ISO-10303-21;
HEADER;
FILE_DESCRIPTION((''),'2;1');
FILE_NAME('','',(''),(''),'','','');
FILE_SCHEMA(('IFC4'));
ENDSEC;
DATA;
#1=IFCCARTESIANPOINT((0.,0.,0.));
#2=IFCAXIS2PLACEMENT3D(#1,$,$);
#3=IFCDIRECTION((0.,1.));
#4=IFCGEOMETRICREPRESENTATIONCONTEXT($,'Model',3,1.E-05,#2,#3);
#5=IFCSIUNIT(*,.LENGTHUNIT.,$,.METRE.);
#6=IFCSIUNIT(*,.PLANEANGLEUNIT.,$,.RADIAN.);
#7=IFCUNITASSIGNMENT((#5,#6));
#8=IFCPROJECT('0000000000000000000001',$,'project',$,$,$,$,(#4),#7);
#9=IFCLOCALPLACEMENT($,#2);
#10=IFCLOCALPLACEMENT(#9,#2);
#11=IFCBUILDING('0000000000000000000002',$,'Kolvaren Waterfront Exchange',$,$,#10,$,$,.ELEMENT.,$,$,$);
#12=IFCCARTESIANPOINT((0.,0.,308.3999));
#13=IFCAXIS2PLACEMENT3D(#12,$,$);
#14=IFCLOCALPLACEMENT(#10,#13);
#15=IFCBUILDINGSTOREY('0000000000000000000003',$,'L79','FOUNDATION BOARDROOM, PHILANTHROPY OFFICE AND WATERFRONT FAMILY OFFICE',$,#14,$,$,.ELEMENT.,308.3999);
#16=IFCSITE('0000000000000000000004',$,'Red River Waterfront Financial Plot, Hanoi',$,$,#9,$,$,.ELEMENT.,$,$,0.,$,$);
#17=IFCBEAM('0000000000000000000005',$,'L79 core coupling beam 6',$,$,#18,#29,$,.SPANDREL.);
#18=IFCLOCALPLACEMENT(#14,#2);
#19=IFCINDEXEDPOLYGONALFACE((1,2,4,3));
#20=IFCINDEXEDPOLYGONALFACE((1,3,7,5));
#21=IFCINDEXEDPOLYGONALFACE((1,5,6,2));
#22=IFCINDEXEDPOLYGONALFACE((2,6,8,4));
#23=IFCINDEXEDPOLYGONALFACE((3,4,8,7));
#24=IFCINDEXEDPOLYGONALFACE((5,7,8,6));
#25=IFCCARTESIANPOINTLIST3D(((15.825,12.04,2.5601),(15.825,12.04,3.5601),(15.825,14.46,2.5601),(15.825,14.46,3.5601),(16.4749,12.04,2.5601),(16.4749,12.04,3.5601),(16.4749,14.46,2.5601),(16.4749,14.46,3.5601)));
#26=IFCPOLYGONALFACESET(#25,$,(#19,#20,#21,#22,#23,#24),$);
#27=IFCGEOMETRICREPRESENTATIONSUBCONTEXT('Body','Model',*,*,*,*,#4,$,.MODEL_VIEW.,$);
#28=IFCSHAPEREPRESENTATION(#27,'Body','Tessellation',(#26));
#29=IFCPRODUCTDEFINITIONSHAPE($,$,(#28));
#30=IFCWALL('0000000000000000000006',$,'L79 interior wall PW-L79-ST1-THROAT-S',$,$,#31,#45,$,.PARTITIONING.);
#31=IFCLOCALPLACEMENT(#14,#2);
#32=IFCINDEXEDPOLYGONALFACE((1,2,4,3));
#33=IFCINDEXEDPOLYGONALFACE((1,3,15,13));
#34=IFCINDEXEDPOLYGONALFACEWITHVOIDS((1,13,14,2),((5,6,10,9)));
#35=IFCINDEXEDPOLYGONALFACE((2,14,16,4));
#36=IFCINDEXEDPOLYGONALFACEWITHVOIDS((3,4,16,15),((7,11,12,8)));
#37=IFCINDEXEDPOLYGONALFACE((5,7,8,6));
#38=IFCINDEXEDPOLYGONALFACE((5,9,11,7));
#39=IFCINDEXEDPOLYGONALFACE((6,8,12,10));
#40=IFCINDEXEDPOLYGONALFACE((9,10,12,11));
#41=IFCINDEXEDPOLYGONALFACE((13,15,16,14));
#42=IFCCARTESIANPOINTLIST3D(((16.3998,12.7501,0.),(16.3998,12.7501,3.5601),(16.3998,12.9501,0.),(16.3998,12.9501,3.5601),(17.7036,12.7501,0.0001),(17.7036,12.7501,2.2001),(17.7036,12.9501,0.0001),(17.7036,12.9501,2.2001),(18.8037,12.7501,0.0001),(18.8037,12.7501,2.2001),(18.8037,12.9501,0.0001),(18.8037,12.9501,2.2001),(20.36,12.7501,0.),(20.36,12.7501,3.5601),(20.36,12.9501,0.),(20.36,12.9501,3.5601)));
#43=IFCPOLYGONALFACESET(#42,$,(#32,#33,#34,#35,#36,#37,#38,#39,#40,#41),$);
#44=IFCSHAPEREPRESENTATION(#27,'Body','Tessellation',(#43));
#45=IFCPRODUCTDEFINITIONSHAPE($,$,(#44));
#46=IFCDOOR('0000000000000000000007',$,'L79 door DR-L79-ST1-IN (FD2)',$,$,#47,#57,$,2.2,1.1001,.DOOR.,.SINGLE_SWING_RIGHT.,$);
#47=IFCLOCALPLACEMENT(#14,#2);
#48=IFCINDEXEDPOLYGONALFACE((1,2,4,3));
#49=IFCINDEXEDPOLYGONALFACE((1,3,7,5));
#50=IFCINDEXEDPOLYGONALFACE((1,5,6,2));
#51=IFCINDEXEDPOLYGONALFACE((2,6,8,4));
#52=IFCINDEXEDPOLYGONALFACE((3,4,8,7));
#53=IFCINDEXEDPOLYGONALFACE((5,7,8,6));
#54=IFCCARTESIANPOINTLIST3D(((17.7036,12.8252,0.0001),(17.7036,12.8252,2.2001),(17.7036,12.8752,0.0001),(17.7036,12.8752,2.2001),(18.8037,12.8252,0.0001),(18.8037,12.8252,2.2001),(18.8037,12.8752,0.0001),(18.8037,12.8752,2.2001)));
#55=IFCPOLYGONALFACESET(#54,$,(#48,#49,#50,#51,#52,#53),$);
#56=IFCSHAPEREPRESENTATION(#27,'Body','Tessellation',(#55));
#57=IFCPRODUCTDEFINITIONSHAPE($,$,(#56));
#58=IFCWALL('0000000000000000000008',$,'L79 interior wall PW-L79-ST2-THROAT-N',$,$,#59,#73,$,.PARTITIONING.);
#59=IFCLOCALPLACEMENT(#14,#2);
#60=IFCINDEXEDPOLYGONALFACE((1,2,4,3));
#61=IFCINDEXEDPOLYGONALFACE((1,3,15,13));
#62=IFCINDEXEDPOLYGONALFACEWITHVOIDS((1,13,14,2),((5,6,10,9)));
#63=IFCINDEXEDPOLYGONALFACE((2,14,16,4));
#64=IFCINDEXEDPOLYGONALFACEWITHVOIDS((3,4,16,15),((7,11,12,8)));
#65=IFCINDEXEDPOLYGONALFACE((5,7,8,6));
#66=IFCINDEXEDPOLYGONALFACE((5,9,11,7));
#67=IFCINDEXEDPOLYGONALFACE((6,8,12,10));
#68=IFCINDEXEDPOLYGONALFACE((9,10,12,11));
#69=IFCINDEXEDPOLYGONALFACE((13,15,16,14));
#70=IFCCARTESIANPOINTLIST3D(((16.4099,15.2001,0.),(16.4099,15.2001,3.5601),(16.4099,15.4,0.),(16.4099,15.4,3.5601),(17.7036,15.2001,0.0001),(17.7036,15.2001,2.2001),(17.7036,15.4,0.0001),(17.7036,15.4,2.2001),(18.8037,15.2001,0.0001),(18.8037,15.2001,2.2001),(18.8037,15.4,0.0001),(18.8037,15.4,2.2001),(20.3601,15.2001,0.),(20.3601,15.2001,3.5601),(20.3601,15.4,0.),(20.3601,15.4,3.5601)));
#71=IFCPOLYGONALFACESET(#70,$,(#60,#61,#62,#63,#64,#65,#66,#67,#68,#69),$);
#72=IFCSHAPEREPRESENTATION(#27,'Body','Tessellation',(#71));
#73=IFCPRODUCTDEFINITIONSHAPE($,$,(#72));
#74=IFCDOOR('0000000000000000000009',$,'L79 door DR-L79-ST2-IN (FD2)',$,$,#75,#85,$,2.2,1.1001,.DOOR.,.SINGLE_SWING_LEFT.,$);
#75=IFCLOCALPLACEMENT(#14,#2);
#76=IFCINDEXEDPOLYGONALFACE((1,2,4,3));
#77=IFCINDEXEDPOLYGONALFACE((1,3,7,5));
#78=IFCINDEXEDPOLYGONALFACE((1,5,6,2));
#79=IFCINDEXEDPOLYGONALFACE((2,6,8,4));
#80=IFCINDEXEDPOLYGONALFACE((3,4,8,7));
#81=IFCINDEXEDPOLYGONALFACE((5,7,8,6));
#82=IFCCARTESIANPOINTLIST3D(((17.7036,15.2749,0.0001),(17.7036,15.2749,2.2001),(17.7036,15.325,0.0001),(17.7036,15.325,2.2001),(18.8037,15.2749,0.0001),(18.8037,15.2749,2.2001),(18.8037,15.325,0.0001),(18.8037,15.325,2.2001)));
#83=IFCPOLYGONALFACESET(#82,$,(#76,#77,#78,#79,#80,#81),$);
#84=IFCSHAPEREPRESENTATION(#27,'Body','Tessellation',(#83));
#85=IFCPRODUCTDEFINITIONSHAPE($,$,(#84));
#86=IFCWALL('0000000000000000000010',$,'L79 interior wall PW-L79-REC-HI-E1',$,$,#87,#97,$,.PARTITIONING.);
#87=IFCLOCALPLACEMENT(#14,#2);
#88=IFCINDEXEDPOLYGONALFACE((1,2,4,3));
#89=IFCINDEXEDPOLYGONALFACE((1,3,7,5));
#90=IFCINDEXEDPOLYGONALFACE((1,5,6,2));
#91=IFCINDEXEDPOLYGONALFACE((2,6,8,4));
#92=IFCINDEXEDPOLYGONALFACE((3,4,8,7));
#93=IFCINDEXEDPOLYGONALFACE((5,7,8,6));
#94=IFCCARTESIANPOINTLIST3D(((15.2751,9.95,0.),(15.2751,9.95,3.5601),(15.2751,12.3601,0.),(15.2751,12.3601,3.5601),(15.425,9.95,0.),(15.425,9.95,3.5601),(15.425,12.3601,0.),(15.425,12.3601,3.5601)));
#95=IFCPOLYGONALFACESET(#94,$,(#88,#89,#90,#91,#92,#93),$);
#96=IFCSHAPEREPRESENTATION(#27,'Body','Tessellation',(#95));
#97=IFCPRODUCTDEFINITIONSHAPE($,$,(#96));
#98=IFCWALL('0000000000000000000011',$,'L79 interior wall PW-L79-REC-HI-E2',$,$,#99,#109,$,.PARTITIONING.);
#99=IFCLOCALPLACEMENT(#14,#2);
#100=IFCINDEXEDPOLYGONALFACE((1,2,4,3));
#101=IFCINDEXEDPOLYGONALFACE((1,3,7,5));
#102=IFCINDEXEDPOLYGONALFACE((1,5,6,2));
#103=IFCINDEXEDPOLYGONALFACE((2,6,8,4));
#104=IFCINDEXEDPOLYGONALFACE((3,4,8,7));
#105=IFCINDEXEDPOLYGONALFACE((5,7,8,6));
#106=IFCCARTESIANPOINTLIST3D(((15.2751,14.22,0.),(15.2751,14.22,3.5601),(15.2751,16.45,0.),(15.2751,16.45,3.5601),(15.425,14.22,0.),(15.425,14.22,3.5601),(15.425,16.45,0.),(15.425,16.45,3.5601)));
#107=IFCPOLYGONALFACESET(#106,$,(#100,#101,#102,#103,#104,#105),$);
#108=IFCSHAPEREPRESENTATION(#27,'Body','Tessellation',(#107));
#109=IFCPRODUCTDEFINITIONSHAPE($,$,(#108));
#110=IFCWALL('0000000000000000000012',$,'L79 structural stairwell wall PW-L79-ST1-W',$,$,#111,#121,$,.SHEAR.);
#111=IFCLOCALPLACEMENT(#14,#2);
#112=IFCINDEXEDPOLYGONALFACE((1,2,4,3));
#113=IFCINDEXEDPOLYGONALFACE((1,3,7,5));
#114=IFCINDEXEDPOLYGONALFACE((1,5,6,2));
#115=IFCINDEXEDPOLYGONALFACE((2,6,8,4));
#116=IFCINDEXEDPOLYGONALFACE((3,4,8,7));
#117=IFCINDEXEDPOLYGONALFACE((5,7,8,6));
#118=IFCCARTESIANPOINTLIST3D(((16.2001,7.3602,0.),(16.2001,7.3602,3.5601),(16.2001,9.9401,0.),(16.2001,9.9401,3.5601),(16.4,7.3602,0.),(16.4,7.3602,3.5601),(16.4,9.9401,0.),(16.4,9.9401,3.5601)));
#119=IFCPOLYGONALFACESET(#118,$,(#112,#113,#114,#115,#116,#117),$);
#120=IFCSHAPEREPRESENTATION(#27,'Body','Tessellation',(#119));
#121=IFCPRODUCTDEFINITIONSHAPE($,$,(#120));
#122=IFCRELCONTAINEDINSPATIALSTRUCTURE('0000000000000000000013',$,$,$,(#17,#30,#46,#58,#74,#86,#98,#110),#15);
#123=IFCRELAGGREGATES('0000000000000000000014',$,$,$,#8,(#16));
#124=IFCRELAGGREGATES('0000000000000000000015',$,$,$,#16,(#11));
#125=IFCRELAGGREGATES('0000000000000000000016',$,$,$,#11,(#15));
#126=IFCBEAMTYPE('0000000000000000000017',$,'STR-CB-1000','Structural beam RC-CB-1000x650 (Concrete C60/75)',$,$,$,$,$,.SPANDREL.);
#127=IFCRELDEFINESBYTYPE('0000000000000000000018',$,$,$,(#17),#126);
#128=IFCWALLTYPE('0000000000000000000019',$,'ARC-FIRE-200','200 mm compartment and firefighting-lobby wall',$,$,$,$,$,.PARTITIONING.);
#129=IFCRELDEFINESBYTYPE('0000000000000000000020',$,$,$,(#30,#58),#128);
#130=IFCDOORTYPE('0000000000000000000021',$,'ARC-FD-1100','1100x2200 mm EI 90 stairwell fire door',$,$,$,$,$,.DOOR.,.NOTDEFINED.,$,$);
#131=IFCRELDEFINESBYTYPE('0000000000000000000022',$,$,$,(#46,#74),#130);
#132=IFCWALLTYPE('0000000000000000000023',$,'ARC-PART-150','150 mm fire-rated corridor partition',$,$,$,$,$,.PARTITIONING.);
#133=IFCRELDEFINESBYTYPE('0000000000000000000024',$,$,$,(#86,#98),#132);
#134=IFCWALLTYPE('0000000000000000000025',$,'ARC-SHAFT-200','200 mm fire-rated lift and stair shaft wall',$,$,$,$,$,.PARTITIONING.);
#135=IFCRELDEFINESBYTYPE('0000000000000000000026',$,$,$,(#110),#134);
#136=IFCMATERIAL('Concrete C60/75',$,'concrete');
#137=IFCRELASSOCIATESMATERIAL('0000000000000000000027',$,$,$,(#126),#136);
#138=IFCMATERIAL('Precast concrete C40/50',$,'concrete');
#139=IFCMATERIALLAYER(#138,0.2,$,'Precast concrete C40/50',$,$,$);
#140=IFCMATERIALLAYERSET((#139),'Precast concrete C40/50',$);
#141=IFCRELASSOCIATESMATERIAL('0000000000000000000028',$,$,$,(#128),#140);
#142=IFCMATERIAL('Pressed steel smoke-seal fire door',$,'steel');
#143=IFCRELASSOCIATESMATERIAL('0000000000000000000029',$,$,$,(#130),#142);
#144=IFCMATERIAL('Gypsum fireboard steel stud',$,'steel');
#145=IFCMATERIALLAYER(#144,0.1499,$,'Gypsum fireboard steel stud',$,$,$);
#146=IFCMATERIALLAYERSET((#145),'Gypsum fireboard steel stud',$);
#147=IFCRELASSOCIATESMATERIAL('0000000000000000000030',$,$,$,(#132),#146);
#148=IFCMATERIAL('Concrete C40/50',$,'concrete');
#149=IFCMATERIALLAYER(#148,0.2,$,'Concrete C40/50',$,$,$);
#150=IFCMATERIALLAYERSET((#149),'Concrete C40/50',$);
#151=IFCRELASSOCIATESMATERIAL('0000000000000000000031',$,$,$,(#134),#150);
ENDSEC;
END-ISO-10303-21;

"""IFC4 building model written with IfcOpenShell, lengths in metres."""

from ifc_helpers import new_model, si_unit, direction, frame, frame_2d, origin, origin_2d, place, context, subcontext, project, spatial, rectangle, extrude, material, layer, layer_set, material_profile, profile_set, type_object, element, fill, save


model = new_model("IFC4")

# Units and contexts
model_context = context("Model", 3, precision=1e-05, world=origin(), true_north=direction((0.0, 1.0)))
body_context = subcontext(model_context, "Body", "Model", "MODEL_VIEW")
ifc_project = project(units=[si_unit("LENGTHUNIT", "METRE"), si_unit("PLANEANGLEUNIT", "RADIAN")], contexts=[model_context])

# Site, building, storey
site_placement = place(None, origin())
site = spatial("IfcSite", under=ifc_project, at=site_placement, Name="Red River Waterfront Financial Plot, Hanoi", CompositionType="ELEMENT", RefElevation=0.0)
building_placement = place(site_placement, origin())
building = spatial("IfcBuilding", under=site, at=building_placement, Name="Kolvaren Waterfront Exchange", CompositionType="ELEMENT")
storey_placement = place(building_placement, frame((0.0, 0.0, 308.3999)))
storey = spatial("IfcBuildingStorey", under=building, at=storey_placement, Name="L79", Description="FOUNDATION BOARDROOM, PHILANTHROPY OFFICE AND WATERFRONT FAMILY OFFICE", CompositionType="ELEMENT", Elevation=308.3999)

# Beam
ifc_material_1 = material(Name="Concrete C60/75", Category="concrete")
ifc_material_profile = material_profile(ifc_material_1, rectangle(XDim=0.6499, YDim=1.0, at=origin_2d()), Name="RC-CB-1000x650")
ifc_profile_set = profile_set([ifc_material_profile], Name="Concrete C60/75")
beam_type = type_object("IfcBeamType", Name="STR-CB-1000", Description="Structural beam RC-CB-1000x650 (Concrete C60/75)", PredefinedType="SPANDREL", material=ifc_profile_set)
beam_placement = place(storey_placement, frame((16.1499, 12.04, 3.0601), z_axis=(0.0, 1.0, 0.0), x_axis=(-1.0, 0.0, 0.0)))
element("IfcBeam", 1, at=beam_placement, inside=storey, type_object=beam_type, Name="L79 core coupling beam 6", PredefinedType="SPANDREL", context=body_context, shape_type="SweptSolid", body=[
    extrude(rectangle(XDim=0.6499, YDim=1.0, at=origin_2d()), origin(), (0.0, 0.0, 1.0), 2.4199),
])

# Walls, openings, doors
ifc_material_2 = material(Name="Precast concrete C40/50", Category="concrete")
ifc_layer_1 = layer(ifc_material_2, 0.2, Name="Precast concrete C40/50")
ifc_layer_set_1 = layer_set([ifc_layer_1], Name="Precast concrete C40/50")
wall_type_1 = type_object("IfcWallType", Name="ARC-FIRE-200", Description="200 mm compartment and firefighting-lobby wall", PredefinedType="PARTITIONING", material=ifc_layer_set_1)
wall_1_placement = place(storey_placement, frame((16.3999, 12.8501, 0.0), z_axis=(0.0, 0.0, 1.0), x_axis=(1.0, 0.0, 0.0)))
wall_1 = element("IfcWall", 2, at=wall_1_placement, inside=storey, type_object=wall_type_1, Name="L79 interior wall PW-L79-ST1-THROAT-S", PredefinedType="PARTITIONING", context=body_context, shape_type="SweptSolid", body=[
    extrude(rectangle(XDim=3.9602, YDim=0.2, at=frame_2d((1.98, 0.0))), origin(), (0.0, 0.0, 1.0), 3.5601),
])
opening_1_placement = place(wall_1_placement, frame((1.3037, 0.0, 0.0)))
opening_1 = element("IfcOpeningElement", 3, at=opening_1_placement, cuts=wall_1, PredefinedType="OPENING", context=body_context, shape_type="SweptSolid", body=[
    extrude(rectangle(XDim=1.1001, YDim=2.2, at=frame_2d((0.55, 1.1001))), frame((0.0, 0.1099, 0.0), z_axis=(0.0, -1.0, 0.0), x_axis=(1.0, 0.0, 0.0)), (0.0, 0.0, 1.0), 0.22),
])
ifc_material_3 = material(Name="Pressed steel smoke-seal fire door", Category="steel")
door_type_1 = type_object("IfcDoorType", Name="ARC-FD-1100", Description="1100x2200 mm EI 90 stairwell fire door", OperationType="NOTDEFINED", PredefinedType="DOOR", material=ifc_material_3)
door_1_placement = place(opening_1_placement, frame((1.1001, 0.0, 0.0), z_axis=(0.0, 0.0, 1.0), x_axis=(-1.0, 0.0, 0.0)))
door_1 = element("IfcDoor", 4, at=door_1_placement, inside=storey, type_object=door_type_1, Name="L79 door DR-L79-ST1-IN (FD2)", OperationType="SINGLE_SWING_RIGHT", OverallHeight=2.2, OverallWidth=1.1001, PredefinedType="DOOR", context=body_context, shape_type="SweptSolid", body=[
    extrude(rectangle(XDim=1.1001, YDim=2.2, at=frame_2d((0.55, 1.1001))), frame((0.0, 0.0249, 0.0), z_axis=(0.0, -1.0, 0.0), x_axis=(1.0, 0.0, 0.0)), (0.0, 0.0, 1.0), 0.05),
])
fill(opening_1, door_1)
wall_2_placement = place(storey_placement, frame((16.4099, 15.3, 0.0), z_axis=(0.0, 0.0, 1.0), x_axis=(1.0, 0.0, 0.0)))
wall_2 = element("IfcWall", 5, at=wall_2_placement, inside=storey, type_object=wall_type_1, Name="L79 interior wall PW-L79-ST2-THROAT-N", PredefinedType="PARTITIONING", context=body_context, shape_type="SweptSolid", body=[
    extrude(rectangle(XDim=3.9502, YDim=0.2, at=frame_2d((1.9751, 0.0))), origin(), (0.0, 0.0, 1.0), 3.5601),
])
opening_2_placement = place(wall_2_placement, frame((1.2937, 0.0, 0.0)))
opening_2 = element("IfcOpeningElement", 6, at=opening_2_placement, cuts=wall_2, PredefinedType="OPENING", context=body_context, shape_type="SweptSolid", body=[
    extrude(rectangle(XDim=1.1001, YDim=2.2, at=frame_2d((0.55, 1.1001))), frame((0.0, 0.1099, 0.0), z_axis=(0.0, -1.0, 0.0), x_axis=(1.0, 0.0, 0.0)), (0.0, 0.0, 1.0), 0.22),
])
door_2_placement = place(opening_2_placement, origin())
door_2 = element("IfcDoor", 7, at=door_2_placement, inside=storey, type_object=door_type_1, Name="L79 door DR-L79-ST2-IN (FD2)", OperationType="SINGLE_SWING_LEFT", OverallHeight=2.2, OverallWidth=1.1001, PredefinedType="DOOR", context=body_context, shape_type="SweptSolid", body=[
    extrude(rectangle(XDim=1.1001, YDim=2.2, at=frame_2d((0.55, 1.1001))), frame((0.0, 0.0249, 0.0), z_axis=(0.0, -1.0, 0.0), x_axis=(1.0, 0.0, 0.0)), (0.0, 0.0, 1.0), 0.05),
])
fill(opening_2, door_2)

# Walls
ifc_material_4 = material(Name="Gypsum fireboard steel stud", Category="steel")
ifc_layer_2 = layer(ifc_material_4, 0.1499, Name="Gypsum fireboard steel stud")
ifc_layer_set_2 = layer_set([ifc_layer_2], Name="Gypsum fireboard steel stud")
wall_type_2 = type_object("IfcWallType", Name="ARC-PART-150", Description="150 mm fire-rated corridor partition", PredefinedType="PARTITIONING", material=ifc_layer_set_2)
wall_3_placement = place(storey_placement, frame((15.3501, 9.95, 0.0), z_axis=(0.0, 0.0, 1.0), x_axis=(0.0, 1.0, 0.0)))
element("IfcWall", 8, at=wall_3_placement, inside=storey, type_object=wall_type_2, Name="L79 interior wall PW-L79-REC-HI-E1", PredefinedType="PARTITIONING", context=body_context, shape_type="SweptSolid", body=[
    extrude(rectangle(XDim=2.4102, YDim=0.1499, at=frame_2d((1.2051, 0.0))), origin(), (0.0, 0.0, 1.0), 3.5601),
])
wall_4_placement = place(storey_placement, frame((15.3501, 14.22, 0.0), z_axis=(0.0, 0.0, 1.0), x_axis=(0.0, 1.0, 0.0)))
element("IfcWall", 9, at=wall_4_placement, inside=storey, type_object=wall_type_2, Name="L79 interior wall PW-L79-REC-HI-E2", PredefinedType="PARTITIONING", context=body_context, shape_type="SweptSolid", body=[
    extrude(rectangle(XDim=2.23, YDim=0.1499, at=frame_2d((1.115, 0.0))), origin(), (0.0, 0.0, 1.0), 3.5601),
])
ifc_material_5 = material(Name="Concrete C40/50", Category="concrete")
ifc_layer_3 = layer(ifc_material_5, 0.2, Name="Concrete C40/50")
ifc_layer_set_3 = layer_set([ifc_layer_3], Name="Concrete C40/50")
wall_type_3 = type_object("IfcWallType", Name="ARC-SHAFT-200", Description="200 mm fire-rated lift and stair shaft wall", PredefinedType="PARTITIONING", material=ifc_layer_set_3)
wall_5_placement = place(storey_placement, frame((16.3, 7.3601, 0.0), z_axis=(0.0, 0.0, 1.0), x_axis=(0.0, 1.0, 0.0)))
element("IfcWall", 10, at=wall_5_placement, inside=storey, type_object=wall_type_3, Name="L79 structural stairwell wall PW-L79-ST1-W", PredefinedType="SHEAR", context=body_context, shape_type="SweptSolid", body=[
    extrude(rectangle(XDim=2.5798, YDim=0.2, at=frame_2d((1.29, 0.0))), origin(), (0.0, 0.0, 1.0), 3.5601),
])

save(model, "model.ifc")
